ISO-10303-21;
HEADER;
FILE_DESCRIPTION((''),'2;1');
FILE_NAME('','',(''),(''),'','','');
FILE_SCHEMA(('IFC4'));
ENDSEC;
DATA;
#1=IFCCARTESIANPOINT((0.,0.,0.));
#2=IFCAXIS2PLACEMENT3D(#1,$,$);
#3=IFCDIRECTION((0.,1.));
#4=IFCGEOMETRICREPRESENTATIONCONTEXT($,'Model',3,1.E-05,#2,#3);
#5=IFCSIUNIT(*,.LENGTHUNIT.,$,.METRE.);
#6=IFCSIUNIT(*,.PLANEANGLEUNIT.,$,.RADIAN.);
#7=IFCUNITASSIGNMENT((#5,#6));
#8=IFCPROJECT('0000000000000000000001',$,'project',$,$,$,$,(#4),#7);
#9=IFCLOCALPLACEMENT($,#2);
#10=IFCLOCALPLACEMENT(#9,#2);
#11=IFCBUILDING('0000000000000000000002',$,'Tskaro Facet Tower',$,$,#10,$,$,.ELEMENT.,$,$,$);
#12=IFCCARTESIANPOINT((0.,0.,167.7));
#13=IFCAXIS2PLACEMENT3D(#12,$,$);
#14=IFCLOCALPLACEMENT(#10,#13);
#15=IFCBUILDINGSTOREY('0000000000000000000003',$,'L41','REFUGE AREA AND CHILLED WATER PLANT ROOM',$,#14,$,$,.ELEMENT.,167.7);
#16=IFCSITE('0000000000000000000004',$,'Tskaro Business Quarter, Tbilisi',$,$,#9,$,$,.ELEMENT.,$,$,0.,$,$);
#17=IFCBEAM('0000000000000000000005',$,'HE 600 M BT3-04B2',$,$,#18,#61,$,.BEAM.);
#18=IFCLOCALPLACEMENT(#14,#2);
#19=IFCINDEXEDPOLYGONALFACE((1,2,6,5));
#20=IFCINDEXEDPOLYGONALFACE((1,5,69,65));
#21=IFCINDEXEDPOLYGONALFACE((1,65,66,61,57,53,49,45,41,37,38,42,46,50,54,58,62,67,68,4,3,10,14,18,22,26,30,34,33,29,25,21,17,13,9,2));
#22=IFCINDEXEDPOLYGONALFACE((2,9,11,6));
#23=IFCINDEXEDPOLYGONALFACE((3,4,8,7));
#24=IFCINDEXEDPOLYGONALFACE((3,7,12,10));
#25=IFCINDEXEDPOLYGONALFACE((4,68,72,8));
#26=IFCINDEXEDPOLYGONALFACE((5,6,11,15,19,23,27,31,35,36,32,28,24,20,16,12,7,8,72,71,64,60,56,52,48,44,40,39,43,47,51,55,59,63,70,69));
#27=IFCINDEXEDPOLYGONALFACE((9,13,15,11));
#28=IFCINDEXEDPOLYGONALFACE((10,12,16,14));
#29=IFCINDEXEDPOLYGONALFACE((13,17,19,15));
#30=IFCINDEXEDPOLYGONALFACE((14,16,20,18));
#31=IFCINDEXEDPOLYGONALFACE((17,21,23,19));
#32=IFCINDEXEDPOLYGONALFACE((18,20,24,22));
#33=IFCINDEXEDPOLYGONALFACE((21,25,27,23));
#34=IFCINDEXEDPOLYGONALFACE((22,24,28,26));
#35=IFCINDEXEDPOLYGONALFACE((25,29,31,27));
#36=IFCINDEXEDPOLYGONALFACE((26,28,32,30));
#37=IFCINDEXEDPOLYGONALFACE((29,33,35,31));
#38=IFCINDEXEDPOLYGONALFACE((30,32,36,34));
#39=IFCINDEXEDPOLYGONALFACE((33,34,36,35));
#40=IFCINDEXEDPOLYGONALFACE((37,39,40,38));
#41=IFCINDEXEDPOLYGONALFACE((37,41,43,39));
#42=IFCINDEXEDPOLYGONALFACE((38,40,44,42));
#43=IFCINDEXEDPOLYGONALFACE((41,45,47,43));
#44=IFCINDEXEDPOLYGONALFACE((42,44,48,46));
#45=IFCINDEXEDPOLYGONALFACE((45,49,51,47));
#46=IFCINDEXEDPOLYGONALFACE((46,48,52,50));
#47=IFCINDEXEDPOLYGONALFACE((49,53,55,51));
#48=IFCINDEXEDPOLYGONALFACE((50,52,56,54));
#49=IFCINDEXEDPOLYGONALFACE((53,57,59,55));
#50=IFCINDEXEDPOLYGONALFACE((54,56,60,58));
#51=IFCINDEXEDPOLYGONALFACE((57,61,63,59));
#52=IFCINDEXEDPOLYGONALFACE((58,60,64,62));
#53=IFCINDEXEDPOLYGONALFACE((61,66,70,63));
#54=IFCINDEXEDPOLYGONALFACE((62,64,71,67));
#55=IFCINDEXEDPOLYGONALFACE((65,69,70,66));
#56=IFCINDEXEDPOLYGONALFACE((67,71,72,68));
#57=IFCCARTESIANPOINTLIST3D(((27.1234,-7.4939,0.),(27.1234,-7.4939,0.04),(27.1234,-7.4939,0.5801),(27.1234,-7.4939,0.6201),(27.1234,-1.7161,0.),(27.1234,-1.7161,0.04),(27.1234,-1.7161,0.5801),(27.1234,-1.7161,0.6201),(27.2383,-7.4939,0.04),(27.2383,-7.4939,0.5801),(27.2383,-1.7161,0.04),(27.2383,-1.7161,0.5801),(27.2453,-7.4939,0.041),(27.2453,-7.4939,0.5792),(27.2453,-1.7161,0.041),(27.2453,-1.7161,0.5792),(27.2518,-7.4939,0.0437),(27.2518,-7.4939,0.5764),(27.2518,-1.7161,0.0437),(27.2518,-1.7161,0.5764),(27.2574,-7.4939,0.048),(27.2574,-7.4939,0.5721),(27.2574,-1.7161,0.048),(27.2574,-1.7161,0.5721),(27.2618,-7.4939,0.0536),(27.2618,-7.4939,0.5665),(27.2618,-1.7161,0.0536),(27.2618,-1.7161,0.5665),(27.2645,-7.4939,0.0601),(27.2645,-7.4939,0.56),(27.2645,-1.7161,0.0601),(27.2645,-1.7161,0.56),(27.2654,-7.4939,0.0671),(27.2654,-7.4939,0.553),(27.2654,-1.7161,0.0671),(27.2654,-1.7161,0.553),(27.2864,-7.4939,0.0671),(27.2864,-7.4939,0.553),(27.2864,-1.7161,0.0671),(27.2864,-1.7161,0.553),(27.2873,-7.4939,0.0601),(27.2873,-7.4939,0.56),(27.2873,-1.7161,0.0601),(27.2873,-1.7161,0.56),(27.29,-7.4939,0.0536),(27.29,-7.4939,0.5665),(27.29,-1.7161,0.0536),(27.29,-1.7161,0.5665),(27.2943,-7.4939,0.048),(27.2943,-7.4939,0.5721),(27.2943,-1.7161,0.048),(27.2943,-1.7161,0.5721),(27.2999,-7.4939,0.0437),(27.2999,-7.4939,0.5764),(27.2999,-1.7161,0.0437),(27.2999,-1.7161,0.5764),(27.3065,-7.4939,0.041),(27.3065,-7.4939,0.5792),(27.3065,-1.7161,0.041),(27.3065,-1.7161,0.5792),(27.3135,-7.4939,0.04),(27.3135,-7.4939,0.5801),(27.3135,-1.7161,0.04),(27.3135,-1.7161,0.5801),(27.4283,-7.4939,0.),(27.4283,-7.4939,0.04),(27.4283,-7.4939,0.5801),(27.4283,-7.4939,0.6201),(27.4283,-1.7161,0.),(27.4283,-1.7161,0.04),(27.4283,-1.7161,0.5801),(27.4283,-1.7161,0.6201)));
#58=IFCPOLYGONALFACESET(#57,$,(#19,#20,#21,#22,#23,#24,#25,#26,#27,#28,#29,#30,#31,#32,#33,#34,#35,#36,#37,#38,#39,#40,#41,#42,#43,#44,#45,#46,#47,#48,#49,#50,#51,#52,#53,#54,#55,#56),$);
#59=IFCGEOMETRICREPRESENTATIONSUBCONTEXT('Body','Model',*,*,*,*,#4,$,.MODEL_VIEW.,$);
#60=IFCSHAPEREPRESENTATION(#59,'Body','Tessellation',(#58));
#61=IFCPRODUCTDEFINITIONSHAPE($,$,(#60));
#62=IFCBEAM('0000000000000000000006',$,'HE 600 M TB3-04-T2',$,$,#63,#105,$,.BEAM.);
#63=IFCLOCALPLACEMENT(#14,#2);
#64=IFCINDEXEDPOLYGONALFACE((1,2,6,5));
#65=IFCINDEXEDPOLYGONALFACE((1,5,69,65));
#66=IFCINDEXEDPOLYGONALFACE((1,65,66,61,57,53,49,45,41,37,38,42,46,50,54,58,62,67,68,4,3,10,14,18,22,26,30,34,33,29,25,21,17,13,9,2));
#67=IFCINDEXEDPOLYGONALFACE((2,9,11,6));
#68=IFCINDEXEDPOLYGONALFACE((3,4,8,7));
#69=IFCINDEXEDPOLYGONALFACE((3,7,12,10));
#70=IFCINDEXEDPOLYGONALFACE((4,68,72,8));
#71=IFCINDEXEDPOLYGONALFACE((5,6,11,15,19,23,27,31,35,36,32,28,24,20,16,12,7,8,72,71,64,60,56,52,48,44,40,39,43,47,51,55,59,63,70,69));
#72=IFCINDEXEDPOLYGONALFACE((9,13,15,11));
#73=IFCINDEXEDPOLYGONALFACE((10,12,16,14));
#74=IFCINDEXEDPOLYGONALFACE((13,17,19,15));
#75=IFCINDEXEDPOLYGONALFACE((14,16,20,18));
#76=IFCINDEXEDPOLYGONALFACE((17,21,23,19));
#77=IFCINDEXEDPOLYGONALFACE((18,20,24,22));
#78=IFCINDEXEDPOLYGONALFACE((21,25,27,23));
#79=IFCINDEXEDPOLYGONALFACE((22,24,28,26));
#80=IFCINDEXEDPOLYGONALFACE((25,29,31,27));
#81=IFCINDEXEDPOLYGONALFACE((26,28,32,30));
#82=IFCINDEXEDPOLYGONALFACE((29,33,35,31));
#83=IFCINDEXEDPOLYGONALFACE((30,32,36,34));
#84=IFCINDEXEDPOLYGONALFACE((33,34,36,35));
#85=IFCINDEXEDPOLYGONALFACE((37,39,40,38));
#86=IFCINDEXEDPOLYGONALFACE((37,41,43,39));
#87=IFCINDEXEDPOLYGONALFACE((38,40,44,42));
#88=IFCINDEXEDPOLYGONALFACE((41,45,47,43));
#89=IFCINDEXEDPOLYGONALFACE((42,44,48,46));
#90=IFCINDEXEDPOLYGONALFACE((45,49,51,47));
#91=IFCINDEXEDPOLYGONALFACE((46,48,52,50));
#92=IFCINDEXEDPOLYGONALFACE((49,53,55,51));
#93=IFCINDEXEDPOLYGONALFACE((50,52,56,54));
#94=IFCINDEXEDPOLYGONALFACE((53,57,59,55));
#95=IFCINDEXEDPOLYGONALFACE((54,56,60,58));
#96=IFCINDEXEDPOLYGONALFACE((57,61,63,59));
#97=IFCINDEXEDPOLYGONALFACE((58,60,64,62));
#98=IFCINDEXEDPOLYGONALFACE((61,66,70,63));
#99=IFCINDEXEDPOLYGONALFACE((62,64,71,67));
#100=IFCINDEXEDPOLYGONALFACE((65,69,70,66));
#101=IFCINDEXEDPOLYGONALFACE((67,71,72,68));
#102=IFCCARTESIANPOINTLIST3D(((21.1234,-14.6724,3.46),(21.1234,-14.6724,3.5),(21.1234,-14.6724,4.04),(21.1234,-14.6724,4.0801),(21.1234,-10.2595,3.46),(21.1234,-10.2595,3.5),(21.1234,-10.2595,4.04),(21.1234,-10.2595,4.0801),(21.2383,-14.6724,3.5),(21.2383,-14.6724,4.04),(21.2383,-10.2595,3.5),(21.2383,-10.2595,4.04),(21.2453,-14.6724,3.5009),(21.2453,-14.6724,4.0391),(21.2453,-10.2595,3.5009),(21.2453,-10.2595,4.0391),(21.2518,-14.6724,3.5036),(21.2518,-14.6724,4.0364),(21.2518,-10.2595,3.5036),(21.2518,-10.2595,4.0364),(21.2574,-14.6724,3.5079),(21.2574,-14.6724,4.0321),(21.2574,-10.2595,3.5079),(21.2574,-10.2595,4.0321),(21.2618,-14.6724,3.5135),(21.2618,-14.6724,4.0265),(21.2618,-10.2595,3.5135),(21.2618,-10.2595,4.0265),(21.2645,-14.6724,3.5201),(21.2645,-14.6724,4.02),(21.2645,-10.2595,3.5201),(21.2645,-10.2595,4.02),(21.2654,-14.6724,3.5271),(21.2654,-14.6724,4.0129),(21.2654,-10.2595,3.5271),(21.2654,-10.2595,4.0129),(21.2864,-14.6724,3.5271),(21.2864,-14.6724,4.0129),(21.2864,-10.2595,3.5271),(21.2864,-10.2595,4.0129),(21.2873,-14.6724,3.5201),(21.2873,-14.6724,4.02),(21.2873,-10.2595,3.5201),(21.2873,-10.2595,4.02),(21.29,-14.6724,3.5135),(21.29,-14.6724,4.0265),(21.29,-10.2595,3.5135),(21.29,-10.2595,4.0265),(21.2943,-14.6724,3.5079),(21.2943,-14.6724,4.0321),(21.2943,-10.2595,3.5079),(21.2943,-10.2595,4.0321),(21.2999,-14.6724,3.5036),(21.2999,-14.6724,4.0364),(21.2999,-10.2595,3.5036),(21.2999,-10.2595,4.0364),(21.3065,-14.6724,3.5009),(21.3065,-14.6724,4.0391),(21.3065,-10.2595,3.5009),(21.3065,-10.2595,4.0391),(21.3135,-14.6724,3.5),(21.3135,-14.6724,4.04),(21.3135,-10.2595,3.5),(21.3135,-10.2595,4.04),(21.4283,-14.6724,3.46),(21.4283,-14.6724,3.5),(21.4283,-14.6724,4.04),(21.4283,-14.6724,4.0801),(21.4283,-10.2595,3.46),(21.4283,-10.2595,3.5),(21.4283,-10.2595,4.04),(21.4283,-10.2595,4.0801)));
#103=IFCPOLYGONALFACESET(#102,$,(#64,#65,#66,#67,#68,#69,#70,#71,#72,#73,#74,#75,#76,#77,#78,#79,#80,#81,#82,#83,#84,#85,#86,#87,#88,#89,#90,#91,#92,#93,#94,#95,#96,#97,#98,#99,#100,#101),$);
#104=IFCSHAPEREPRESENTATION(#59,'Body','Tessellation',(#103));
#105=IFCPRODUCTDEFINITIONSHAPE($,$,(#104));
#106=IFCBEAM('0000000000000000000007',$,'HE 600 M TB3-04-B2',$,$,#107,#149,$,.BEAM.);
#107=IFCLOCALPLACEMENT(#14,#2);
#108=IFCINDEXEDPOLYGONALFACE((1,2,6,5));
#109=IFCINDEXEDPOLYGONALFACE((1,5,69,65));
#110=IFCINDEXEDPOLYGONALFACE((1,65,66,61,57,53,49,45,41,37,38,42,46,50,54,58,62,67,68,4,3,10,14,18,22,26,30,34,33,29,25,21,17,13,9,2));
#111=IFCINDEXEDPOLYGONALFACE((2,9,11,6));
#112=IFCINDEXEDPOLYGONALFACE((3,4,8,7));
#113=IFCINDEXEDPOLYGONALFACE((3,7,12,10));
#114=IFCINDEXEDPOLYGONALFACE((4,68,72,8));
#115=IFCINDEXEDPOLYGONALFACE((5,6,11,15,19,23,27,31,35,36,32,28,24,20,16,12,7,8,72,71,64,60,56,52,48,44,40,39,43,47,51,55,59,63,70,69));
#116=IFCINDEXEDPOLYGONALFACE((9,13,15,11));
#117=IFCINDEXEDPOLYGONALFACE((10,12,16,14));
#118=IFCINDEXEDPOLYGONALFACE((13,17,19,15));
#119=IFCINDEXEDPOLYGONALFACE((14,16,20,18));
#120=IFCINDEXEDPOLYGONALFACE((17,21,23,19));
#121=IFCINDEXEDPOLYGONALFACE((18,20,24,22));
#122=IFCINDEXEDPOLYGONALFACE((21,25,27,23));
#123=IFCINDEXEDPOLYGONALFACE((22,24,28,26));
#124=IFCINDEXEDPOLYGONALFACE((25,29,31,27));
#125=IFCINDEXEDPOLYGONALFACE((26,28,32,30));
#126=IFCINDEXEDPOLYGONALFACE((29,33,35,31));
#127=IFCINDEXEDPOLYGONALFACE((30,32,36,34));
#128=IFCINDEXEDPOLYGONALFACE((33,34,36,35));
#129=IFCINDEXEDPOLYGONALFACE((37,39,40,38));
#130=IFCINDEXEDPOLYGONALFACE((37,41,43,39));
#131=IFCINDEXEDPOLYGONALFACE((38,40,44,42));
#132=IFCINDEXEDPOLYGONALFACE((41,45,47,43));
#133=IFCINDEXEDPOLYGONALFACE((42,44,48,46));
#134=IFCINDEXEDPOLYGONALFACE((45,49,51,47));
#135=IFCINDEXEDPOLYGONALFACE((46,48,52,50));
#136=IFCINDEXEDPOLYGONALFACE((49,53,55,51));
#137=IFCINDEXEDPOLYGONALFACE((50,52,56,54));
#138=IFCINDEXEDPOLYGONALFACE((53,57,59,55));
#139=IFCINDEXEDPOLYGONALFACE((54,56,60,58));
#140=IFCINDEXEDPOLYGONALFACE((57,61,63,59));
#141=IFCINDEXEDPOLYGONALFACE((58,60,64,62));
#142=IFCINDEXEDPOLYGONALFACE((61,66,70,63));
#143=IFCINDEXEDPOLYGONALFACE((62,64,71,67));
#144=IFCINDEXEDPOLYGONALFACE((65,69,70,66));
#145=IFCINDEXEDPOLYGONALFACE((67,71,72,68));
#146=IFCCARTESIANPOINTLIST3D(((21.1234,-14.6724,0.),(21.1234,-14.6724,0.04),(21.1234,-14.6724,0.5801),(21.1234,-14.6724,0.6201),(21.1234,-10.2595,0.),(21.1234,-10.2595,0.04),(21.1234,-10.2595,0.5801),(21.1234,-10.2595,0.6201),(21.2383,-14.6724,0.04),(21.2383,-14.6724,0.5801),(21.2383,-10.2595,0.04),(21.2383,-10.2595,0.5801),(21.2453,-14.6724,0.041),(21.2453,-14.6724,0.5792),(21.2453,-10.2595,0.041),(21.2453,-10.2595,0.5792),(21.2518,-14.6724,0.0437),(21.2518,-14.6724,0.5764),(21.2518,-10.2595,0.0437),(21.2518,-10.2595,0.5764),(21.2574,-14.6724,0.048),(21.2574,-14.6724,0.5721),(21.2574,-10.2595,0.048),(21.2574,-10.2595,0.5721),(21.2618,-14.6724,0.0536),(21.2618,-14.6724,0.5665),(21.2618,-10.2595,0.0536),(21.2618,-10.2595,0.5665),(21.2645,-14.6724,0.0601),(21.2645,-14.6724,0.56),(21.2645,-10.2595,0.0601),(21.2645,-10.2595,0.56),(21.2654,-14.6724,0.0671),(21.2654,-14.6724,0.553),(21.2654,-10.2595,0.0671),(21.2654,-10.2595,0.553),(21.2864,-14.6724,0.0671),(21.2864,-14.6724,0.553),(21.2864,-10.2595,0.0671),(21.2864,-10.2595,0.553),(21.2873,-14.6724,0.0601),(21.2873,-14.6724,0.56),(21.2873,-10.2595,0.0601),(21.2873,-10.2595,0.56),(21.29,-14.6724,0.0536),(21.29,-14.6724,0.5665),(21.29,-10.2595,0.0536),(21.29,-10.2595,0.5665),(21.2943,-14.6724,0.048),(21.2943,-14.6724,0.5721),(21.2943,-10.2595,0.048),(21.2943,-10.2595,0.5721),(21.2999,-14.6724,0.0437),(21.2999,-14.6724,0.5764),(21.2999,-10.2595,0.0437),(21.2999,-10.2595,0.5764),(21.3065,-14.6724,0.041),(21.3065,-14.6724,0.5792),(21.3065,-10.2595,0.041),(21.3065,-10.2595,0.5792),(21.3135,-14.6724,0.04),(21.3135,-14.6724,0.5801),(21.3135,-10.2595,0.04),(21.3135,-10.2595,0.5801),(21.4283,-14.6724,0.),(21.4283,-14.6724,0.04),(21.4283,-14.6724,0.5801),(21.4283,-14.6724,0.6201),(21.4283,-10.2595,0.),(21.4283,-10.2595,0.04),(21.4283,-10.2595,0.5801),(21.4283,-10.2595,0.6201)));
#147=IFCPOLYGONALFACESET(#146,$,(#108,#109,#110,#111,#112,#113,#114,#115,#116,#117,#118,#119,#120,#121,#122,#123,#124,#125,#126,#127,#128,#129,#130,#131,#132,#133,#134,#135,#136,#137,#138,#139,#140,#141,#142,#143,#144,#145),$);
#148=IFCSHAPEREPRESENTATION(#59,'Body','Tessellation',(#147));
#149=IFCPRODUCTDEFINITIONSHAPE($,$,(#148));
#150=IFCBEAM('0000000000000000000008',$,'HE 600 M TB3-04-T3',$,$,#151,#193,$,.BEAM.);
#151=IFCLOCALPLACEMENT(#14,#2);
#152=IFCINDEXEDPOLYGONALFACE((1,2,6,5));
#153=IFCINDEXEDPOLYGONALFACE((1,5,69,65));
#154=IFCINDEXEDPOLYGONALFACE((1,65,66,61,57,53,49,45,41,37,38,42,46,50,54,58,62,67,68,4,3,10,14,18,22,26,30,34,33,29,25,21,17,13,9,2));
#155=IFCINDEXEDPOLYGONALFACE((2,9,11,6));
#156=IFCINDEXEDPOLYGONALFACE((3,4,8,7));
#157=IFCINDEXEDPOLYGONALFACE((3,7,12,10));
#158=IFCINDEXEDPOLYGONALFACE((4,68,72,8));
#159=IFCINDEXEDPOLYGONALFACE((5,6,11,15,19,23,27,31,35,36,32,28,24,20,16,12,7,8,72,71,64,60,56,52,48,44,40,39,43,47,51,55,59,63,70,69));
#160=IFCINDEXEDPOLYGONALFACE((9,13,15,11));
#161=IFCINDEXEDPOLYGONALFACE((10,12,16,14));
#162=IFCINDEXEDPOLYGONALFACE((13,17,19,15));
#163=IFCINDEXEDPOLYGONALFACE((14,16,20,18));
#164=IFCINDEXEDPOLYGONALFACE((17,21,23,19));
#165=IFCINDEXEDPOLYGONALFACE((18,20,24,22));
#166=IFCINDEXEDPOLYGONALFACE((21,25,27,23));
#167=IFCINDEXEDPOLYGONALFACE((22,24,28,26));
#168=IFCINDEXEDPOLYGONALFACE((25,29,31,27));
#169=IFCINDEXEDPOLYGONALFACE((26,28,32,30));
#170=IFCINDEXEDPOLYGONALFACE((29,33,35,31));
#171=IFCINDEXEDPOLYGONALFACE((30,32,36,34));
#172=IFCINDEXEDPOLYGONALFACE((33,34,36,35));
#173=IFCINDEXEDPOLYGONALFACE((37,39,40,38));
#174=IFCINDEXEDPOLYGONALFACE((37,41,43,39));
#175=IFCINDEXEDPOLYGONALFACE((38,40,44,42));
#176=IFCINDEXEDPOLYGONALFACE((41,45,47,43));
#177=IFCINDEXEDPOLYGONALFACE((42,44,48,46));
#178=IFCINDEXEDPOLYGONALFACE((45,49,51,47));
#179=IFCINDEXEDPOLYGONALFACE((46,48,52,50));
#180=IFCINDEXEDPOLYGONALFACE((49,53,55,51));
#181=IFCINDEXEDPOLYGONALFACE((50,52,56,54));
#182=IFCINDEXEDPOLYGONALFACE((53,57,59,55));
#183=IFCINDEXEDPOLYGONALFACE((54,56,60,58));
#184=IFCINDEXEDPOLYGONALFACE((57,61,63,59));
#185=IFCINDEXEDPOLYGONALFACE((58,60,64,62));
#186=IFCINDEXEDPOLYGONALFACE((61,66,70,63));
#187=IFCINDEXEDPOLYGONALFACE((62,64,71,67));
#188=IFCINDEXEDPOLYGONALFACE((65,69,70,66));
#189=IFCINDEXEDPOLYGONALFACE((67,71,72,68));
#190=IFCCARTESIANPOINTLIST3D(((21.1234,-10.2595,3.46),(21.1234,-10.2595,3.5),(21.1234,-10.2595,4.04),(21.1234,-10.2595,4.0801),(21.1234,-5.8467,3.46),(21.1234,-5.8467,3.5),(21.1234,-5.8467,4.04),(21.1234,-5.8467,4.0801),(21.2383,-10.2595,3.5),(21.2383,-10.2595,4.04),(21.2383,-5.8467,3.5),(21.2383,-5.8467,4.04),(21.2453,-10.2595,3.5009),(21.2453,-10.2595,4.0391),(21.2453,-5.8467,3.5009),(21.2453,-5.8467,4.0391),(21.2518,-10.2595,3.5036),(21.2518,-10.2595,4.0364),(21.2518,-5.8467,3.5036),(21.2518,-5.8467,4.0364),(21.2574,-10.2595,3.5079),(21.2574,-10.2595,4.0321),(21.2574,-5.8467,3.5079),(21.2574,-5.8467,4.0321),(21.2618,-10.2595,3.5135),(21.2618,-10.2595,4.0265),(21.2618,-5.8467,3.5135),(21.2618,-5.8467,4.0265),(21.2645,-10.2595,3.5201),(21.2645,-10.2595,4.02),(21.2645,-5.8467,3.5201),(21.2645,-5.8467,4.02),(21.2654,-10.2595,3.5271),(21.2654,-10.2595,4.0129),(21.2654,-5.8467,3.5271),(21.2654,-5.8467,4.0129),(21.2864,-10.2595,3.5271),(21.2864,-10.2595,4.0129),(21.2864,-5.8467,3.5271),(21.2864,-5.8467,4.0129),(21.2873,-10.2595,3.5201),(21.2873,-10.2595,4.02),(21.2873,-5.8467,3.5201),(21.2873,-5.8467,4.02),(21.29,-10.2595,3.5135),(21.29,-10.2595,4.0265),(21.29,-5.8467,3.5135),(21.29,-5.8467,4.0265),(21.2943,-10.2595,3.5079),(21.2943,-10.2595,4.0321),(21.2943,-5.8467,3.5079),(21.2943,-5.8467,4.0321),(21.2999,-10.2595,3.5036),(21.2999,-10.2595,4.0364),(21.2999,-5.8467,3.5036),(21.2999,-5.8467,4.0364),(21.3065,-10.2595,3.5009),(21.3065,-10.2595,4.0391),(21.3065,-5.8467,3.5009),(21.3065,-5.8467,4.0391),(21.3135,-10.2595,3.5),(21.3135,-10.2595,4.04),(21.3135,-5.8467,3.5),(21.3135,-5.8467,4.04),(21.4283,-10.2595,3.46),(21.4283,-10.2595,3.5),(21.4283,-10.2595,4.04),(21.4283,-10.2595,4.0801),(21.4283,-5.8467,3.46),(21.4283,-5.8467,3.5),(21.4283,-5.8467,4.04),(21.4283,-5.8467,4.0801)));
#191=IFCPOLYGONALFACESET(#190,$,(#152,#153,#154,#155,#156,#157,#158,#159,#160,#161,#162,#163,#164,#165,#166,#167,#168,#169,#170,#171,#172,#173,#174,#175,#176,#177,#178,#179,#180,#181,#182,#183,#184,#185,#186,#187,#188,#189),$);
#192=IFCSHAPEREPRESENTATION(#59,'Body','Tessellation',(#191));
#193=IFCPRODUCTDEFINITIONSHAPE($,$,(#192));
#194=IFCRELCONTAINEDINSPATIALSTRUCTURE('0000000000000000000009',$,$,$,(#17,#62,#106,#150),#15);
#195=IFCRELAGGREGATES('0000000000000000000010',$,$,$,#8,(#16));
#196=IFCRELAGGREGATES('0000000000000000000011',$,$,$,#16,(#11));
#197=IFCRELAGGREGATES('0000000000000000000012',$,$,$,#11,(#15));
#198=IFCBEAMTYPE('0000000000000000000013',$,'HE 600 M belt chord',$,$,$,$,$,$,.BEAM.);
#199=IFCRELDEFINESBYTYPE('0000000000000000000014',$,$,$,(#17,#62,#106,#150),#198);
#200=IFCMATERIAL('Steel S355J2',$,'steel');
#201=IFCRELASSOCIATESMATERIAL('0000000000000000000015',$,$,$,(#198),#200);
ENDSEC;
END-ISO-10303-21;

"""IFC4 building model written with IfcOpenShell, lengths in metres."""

from ifc_helpers import new_model, si_unit, direction, frame, origin, origin_2d, place, context, subcontext, project, spatial, i_section, extrude, material, material_profile, profile_set, type_object, element, save


model = new_model("IFC4")

# Units and contexts
model_context = context("Model", 3, precision=1e-05, world=origin(), true_north=direction((0.0, 1.0)))
body_context = subcontext(model_context, "Body", "Model", "MODEL_VIEW")
ifc_project = project(units=[si_unit("LENGTHUNIT", "METRE"), si_unit("PLANEANGLEUNIT", "RADIAN")], contexts=[model_context])

# Site, building, storey
site_placement = place(None, origin())
site = spatial("IfcSite", under=ifc_project, at=site_placement, Name="Tskaro Business Quarter, Tbilisi", CompositionType="ELEMENT", RefElevation=0.0)
building_placement = place(site_placement, origin())
building = spatial("IfcBuilding", under=site, at=building_placement, Name="Tskaro Facet Tower", CompositionType="ELEMENT")
storey_placement = place(building_placement, frame((0.0, 0.0, 167.7)))
storey = spatial("IfcBuildingStorey", under=building, at=storey_placement, Name="L41", Description="REFUGE AREA AND CHILLED WATER PLANT ROOM", CompositionType="ELEMENT", Elevation=167.7)

# Beams
ifc_material_1 = material(Name="Steel S355J2", Category="steel")
ifc_material_profile_1 = material_profile(ifc_material_1, i_section(OverallWidth=0.3049, OverallDepth=0.6201, WebThickness=0.021, FlangeThickness=0.04, FilletRadius=0.0271, at=origin_2d()), Name="HE 600 M")
ifc_profile_set_1 = profile_set([ifc_material_profile_1], Name="Steel S355J2")
beam_type_1 = type_object("IfcBeamType", Name="HE 600 M belt chord", PredefinedType="BEAM", material=ifc_profile_set_1)
beam_1_placement = place(storey_placement, frame((27.2759, -7.4939, 0.3101), z_axis=(0.0, 1.0, 0.0), x_axis=(-1.0, 0.0, 0.0)))
element("IfcBeam", 1, at=beam_1_placement, inside=storey, type_object=beam_type_1, Name="HE 600 M BT3-04B2", PredefinedType="BEAM", context=body_context, shape_type="SweptSolid", body=[
    extrude(i_section(OverallWidth=0.3049, OverallDepth=0.6201, WebThickness=0.021, FlangeThickness=0.04, FilletRadius=0.0271, at=origin_2d()), origin(), (0.0, 0.0, 1.0), 5.7778),
])
for number, where, z_axis, x_axis, name in (
    (2, (21.2759, -14.6724, 3.77), (0.0, 1.0, 0.0), (-1.0, 0.0, 0.0), "HE 600 M TB3-04-T2"),
    (3, (21.2759, -14.6724, 0.3101), (0.0, 1.0, 0.0), (-1.0, 0.0, 0.0), "HE 600 M TB3-04-B2"),
    (4, (21.2759, -10.2595, 3.77), (0.0, 1.0, 0.0), (-1.0, 0.0, 0.0), "HE 600 M TB3-04-T3"),
):
    element("IfcBeam", number, at=place(storey_placement, frame(where, z_axis=z_axis, x_axis=x_axis)), inside=storey, type_object=beam_type_1, Name=name, PredefinedType="BEAM", context=body_context, shape_type="SweptSolid", body=[
        extrude(i_section(OverallWidth=0.3049, OverallDepth=0.6201, WebThickness=0.021, FlangeThickness=0.04, FilletRadius=0.0271, at=origin_2d()), origin(), (0.0, 0.0, 1.0), 4.4128),
    ])

save(model, "model.ifc")
